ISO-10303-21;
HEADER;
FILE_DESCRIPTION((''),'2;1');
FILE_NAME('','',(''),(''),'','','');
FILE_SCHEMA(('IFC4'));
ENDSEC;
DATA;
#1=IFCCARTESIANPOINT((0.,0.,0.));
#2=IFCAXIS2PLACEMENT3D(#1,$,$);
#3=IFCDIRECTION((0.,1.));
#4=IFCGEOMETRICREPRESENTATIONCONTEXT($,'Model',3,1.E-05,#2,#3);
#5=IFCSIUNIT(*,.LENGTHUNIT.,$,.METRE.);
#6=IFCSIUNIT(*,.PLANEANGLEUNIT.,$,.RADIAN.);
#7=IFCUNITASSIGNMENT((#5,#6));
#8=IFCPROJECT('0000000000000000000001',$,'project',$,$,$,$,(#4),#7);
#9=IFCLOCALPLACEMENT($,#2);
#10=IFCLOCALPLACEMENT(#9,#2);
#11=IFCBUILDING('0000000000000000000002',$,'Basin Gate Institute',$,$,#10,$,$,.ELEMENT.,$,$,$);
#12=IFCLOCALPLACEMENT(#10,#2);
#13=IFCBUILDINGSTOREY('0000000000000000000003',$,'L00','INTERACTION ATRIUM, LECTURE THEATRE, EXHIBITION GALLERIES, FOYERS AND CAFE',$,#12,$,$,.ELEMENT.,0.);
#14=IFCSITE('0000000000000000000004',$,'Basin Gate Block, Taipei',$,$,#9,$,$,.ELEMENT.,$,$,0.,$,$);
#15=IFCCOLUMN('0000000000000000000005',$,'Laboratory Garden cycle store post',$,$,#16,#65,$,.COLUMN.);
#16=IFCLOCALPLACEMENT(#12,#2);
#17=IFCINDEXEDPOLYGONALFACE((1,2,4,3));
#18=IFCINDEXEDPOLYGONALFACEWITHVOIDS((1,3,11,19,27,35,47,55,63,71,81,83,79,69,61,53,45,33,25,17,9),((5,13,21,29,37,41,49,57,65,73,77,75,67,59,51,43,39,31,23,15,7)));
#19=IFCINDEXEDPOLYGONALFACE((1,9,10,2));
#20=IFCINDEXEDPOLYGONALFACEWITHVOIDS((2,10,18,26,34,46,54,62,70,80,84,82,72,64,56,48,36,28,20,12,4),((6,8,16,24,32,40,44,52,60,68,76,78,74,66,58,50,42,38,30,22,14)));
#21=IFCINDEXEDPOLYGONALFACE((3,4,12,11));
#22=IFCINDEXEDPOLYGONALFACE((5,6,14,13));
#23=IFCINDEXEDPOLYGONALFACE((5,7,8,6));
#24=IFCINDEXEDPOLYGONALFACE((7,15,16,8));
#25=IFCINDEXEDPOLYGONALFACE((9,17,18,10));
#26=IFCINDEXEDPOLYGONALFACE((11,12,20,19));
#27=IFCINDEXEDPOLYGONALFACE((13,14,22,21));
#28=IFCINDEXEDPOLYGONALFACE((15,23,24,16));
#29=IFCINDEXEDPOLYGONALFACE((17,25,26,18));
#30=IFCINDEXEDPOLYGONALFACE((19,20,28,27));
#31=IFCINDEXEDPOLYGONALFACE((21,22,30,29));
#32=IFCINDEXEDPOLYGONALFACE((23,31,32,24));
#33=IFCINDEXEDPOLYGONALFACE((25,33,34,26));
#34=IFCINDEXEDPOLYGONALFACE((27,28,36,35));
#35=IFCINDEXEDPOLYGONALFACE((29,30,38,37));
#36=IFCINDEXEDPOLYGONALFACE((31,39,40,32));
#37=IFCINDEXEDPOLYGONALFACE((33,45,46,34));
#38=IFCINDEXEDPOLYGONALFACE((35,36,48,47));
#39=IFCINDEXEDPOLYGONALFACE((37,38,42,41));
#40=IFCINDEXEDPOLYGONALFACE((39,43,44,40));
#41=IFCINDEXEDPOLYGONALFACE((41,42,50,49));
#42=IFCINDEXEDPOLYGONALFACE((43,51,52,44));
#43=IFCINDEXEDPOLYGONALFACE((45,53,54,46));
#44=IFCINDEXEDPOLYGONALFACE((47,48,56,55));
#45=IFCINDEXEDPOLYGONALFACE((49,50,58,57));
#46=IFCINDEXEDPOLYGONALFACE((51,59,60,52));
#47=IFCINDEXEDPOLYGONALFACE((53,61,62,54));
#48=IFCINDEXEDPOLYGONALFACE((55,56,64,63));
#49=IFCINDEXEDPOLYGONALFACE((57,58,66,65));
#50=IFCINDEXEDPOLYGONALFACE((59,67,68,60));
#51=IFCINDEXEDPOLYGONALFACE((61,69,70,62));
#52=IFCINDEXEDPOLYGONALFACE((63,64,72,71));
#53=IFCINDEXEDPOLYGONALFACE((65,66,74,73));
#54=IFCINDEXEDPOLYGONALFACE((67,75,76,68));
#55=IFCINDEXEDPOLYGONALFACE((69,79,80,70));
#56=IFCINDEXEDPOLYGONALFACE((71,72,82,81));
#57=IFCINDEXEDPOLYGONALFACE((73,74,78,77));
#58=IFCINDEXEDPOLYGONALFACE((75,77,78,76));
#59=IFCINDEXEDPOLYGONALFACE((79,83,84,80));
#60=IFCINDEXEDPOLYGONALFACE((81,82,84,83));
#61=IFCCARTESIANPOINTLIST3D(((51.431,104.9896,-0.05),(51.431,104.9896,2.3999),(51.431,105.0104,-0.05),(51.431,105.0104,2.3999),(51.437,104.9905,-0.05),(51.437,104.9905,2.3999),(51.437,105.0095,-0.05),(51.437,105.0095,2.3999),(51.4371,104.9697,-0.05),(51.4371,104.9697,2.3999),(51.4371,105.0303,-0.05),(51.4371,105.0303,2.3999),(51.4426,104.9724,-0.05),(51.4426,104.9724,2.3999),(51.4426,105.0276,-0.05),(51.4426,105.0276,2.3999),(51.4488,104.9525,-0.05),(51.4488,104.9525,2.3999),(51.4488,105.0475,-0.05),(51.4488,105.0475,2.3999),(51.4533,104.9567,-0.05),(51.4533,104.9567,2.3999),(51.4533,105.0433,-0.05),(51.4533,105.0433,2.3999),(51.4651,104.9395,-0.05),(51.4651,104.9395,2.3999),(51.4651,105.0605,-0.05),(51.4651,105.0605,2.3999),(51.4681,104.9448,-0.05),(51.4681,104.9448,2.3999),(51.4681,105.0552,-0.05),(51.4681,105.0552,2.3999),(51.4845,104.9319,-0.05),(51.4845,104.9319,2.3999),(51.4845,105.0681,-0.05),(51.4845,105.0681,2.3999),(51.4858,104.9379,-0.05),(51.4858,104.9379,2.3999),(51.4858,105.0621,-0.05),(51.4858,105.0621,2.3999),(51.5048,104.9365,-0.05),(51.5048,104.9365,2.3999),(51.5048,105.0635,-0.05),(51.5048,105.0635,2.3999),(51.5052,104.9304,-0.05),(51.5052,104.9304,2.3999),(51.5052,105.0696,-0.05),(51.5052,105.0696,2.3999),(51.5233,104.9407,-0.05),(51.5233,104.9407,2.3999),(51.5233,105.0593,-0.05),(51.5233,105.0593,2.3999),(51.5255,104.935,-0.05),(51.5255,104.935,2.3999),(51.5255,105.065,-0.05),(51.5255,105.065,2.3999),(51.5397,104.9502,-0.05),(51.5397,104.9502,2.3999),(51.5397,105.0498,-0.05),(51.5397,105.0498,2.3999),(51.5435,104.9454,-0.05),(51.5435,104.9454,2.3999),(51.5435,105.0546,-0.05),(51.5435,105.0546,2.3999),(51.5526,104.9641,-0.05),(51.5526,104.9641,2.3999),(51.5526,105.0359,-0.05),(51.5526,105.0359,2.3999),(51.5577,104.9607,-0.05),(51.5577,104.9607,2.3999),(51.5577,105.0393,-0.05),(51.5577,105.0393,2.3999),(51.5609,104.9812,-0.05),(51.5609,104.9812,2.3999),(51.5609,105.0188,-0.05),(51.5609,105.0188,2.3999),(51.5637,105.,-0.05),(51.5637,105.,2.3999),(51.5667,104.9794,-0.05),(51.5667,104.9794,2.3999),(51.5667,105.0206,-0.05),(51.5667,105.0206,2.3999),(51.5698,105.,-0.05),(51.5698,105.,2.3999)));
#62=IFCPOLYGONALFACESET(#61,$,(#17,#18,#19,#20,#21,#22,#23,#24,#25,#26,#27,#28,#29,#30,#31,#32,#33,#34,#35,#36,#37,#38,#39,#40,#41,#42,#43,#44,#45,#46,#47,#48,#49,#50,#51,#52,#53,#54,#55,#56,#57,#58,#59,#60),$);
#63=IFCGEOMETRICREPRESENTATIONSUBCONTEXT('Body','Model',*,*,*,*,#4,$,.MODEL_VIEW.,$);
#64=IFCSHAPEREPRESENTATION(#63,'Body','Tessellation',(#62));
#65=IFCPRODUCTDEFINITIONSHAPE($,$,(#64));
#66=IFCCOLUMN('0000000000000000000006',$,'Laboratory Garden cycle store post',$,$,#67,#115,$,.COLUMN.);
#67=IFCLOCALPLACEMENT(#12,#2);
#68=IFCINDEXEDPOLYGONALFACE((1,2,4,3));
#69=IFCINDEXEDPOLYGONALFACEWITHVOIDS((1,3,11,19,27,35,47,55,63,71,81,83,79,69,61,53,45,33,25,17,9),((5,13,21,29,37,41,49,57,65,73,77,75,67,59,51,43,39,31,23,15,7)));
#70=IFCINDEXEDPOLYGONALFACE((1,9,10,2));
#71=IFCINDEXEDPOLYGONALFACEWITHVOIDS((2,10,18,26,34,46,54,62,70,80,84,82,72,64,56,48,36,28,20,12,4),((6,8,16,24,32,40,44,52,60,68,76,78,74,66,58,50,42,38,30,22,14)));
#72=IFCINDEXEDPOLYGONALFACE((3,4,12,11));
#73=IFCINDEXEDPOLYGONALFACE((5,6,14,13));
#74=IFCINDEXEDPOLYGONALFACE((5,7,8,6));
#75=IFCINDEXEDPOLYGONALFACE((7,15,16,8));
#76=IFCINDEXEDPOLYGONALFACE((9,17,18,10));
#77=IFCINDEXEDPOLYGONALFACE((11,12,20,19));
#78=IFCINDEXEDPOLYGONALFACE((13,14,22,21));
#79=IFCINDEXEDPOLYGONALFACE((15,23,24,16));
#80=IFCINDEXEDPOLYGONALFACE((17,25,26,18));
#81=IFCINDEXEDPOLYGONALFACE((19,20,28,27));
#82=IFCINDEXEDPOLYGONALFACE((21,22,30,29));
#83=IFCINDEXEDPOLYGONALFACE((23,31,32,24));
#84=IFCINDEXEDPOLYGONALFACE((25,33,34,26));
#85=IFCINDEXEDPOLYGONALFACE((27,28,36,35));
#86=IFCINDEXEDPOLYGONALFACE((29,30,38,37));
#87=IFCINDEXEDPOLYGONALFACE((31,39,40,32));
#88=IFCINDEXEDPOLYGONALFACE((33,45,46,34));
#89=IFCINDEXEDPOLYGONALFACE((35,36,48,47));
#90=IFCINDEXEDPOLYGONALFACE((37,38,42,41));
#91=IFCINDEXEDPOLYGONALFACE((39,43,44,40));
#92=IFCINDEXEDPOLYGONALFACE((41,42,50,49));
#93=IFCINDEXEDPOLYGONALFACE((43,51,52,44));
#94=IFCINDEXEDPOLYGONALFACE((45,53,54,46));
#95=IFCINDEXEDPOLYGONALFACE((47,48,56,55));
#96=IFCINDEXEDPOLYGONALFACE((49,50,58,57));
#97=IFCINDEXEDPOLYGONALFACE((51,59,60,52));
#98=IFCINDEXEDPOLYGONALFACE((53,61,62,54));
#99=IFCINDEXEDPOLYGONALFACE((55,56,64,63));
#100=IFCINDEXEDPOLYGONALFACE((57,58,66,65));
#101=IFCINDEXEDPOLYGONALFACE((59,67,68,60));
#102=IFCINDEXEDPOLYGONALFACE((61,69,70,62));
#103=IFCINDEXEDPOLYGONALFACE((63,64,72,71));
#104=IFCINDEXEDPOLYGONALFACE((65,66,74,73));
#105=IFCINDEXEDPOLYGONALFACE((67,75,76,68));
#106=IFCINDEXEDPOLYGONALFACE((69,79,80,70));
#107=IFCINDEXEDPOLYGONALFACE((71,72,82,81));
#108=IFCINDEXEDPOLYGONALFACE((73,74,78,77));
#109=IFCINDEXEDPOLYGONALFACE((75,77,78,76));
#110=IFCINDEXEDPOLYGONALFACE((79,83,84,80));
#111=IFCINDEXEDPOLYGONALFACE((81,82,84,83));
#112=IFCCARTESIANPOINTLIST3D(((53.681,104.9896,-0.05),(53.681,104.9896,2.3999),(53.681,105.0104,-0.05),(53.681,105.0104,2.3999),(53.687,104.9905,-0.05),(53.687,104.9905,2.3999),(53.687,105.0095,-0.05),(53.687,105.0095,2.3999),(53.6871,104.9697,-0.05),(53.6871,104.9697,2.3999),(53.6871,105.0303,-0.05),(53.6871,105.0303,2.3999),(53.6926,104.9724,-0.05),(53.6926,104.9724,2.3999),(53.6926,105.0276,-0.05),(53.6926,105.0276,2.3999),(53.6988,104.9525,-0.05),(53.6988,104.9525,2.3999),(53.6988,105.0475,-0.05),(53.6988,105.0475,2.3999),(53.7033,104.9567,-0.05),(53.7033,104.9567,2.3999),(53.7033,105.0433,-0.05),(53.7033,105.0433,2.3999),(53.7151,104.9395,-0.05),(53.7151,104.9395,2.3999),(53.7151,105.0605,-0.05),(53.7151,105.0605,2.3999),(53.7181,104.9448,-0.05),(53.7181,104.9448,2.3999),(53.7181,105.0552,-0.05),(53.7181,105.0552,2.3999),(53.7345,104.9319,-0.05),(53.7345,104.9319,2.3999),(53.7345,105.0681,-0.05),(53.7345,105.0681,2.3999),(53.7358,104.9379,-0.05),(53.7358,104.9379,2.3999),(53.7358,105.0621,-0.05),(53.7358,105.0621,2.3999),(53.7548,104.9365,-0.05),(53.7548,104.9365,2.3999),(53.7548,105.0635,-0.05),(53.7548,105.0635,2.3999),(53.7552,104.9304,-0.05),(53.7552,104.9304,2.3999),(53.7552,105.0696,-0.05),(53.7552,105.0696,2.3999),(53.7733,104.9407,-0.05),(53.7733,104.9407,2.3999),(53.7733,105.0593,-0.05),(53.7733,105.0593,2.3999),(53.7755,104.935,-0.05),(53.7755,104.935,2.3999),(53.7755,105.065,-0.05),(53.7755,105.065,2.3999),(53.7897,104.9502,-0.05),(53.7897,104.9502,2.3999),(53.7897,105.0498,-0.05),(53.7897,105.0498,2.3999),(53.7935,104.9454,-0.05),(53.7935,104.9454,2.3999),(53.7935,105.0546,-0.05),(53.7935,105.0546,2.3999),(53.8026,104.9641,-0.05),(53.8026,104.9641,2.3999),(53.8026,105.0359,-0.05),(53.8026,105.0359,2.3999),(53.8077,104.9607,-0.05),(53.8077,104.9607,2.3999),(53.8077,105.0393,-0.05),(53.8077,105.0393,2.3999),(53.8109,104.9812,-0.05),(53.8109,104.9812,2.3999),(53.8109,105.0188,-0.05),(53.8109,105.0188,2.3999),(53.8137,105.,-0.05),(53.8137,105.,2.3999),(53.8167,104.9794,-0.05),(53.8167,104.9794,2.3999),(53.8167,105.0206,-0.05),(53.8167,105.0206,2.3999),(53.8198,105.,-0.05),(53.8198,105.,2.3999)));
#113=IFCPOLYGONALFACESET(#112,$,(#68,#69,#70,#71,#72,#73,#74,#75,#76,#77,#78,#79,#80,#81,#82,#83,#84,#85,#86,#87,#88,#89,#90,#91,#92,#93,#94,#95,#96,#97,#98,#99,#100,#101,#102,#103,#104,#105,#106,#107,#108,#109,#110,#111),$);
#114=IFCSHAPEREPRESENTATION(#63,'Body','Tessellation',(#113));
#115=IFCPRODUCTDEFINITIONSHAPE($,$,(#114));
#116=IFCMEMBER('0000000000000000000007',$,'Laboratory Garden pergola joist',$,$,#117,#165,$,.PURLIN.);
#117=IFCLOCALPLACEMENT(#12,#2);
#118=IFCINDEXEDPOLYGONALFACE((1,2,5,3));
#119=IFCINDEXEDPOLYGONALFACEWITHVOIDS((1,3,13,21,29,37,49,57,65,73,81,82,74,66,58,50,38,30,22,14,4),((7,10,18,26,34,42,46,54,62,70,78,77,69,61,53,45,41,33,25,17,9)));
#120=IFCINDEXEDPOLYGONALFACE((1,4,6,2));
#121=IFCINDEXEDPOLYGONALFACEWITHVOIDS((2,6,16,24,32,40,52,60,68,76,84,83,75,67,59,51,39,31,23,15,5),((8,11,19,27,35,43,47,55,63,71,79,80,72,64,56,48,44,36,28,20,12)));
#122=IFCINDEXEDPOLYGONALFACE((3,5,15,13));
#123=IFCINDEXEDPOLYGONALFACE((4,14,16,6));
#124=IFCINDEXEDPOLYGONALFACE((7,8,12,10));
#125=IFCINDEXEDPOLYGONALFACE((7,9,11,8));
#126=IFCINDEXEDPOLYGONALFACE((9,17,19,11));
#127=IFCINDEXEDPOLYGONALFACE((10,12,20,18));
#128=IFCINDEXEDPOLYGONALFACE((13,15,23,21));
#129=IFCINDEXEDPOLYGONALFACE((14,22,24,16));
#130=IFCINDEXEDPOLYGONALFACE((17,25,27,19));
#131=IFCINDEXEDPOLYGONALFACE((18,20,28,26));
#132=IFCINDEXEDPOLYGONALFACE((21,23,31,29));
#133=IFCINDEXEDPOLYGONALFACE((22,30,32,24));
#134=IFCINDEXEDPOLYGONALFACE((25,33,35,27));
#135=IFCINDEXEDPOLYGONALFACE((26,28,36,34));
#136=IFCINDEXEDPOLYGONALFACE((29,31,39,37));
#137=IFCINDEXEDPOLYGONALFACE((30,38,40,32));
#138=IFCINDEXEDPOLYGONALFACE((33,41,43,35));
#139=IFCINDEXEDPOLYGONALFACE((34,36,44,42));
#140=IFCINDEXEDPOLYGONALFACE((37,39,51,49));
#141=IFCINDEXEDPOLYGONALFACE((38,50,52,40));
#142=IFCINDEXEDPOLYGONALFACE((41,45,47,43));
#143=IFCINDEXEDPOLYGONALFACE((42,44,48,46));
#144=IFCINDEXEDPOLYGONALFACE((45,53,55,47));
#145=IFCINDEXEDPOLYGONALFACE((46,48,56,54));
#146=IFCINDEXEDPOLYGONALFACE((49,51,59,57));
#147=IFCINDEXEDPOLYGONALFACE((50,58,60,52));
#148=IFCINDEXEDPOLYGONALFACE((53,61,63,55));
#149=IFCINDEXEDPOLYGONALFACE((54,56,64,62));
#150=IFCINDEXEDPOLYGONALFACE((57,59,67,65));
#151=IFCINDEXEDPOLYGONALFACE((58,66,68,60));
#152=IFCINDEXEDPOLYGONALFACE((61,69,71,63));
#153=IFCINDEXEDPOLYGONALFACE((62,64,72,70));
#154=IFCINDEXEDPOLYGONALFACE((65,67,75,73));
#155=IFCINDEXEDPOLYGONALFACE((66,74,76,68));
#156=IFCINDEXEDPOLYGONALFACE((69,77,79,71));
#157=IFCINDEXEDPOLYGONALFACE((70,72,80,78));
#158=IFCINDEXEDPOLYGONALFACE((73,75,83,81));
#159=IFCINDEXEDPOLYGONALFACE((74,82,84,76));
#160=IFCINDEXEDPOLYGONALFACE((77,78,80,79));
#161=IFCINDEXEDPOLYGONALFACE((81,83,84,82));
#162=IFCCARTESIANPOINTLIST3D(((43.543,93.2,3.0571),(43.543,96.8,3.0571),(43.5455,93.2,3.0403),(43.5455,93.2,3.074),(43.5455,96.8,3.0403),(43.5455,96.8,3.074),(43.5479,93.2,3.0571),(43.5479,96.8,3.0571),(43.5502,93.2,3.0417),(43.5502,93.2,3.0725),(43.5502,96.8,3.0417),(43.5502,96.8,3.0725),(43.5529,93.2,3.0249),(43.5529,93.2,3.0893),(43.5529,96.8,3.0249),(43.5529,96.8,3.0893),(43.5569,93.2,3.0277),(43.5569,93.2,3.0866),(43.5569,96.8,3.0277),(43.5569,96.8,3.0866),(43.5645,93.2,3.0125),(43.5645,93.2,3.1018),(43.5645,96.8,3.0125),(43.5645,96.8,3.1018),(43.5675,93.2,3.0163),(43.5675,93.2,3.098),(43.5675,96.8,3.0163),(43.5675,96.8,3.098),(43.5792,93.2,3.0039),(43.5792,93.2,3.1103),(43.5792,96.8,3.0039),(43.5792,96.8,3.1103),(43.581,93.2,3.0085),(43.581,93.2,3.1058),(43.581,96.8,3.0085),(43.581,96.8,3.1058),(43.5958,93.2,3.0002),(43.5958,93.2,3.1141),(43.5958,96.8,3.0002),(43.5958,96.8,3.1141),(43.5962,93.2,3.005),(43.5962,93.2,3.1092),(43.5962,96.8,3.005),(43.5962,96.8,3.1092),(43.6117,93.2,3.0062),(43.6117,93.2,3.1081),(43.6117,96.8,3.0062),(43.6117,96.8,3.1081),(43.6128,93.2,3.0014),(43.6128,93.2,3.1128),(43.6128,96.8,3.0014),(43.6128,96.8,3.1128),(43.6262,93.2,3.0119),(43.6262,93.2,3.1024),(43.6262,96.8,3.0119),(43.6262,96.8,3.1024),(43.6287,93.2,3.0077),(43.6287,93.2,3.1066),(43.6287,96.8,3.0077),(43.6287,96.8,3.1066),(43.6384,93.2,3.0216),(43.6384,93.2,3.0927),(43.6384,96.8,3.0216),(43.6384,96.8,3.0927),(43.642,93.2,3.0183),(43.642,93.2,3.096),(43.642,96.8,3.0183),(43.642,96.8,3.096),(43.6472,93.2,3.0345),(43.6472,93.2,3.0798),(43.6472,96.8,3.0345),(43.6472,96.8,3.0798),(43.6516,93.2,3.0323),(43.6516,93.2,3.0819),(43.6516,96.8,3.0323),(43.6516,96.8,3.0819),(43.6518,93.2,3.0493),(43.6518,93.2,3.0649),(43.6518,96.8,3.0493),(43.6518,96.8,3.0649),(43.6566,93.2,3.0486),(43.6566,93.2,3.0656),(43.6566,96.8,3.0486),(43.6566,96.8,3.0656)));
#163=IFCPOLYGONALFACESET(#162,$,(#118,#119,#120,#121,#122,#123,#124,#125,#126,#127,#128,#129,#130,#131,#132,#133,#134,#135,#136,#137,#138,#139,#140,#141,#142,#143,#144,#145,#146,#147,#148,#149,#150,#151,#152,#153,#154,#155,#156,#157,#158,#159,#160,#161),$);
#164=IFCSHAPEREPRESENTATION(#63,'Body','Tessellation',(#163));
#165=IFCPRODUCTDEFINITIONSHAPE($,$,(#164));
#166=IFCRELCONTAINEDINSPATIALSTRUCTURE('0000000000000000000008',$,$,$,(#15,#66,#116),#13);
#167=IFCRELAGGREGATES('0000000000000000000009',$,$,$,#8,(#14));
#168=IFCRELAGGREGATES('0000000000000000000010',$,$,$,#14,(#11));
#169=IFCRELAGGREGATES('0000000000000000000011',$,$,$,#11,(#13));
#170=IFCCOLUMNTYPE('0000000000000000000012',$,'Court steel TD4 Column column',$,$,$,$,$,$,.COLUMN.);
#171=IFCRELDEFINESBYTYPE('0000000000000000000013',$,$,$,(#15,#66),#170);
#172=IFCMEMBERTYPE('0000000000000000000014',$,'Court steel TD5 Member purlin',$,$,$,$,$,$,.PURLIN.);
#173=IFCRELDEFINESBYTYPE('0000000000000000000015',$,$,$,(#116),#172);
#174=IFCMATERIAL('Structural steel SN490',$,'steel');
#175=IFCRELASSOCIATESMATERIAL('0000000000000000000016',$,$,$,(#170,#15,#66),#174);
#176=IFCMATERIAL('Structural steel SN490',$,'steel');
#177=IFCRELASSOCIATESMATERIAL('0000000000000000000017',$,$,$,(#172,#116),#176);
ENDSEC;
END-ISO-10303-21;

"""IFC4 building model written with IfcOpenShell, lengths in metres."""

from ifc_helpers import new_model, si_unit, direction, frame, origin, origin_2d, place, context, subcontext, project, spatial, hollow_circle, extrude, material, material_profile, profile_set, type_object, element, save


model = new_model("IFC4")

# Units and contexts
model_context = context("Model", 3, precision=1e-05, world=origin(), true_north=direction((0.0, 1.0)))
body_context = subcontext(model_context, "Body", "Model", "MODEL_VIEW")
ifc_project = project(units=[si_unit("LENGTHUNIT", "METRE"), si_unit("PLANEANGLEUNIT", "RADIAN")], contexts=[model_context])

# Site, building, storey
site_placement = place(None, origin())
site = spatial("IfcSite", under=ifc_project, at=site_placement, Name="Basin Gate Block, Taipei", CompositionType="ELEMENT", RefElevation=0.0)
building_placement = place(site_placement, origin())
building = spatial("IfcBuilding", under=site, at=building_placement, Name="Basin Gate Institute", CompositionType="ELEMENT")
storey_placement = place(building_placement, origin())
storey = spatial("IfcBuildingStorey", under=building, at=storey_placement, Name="L00", Description="INTERACTION ATRIUM, LECTURE THEATRE, EXHIBITION GALLERIES, FOYERS AND CAFE", CompositionType="ELEMENT", Elevation=0.0)

# Columns
ifc_material_1 = material(Name="Structural steel SN490", Category="steel")
ifc_material_profile_1 = material_profile(ifc_material_1, hollow_circle(Radius=0.0698, WallThickness=0.0061, at=origin_2d()), Name="CHS139x6")
ifc_profile_set_1 = profile_set([ifc_material_profile_1], Name="Structural steel SN490")
column_type = type_object("IfcColumnType", Name="Court steel TD4 Column column", PredefinedType="COLUMN", material=ifc_profile_set_1)
for number, where, z_axis, x_axis, name in (
    (1, (51.5, 105.0, -0.05), (0.0, 0.0, 1.0), (1.0, 0.0, 0.0), "Laboratory Garden cycle store post"),
    (2, (53.75, 105.0, -0.05), (0.0, 0.0, 1.0), (1.0, 0.0, 0.0), "Laboratory Garden cycle store post"),
):
    element("IfcColumn", number, at=place(storey_placement, frame(where, z_axis=z_axis, x_axis=x_axis)), inside=storey, type_object=column_type, material=ifc_profile_set_1, Name=name, PredefinedType="COLUMN", context=body_context, shape_type="SweptSolid", body=[
        extrude(hollow_circle(Radius=0.0698, WallThickness=0.0061, at=origin_2d()), origin(), (0.0, 0.0, 1.0), 2.45),
    ])

# Member
ifc_material_2 = material(Name="Structural steel SN490", Category="steel")
ifc_material_profile_2 = material_profile(ifc_material_2, hollow_circle(Radius=0.0571, WallThickness=0.0049, at=origin_2d()), Name="CHS114x5")
ifc_profile_set_2 = profile_set([ifc_material_profile_2], Name="Structural steel SN490")
member_type = type_object("IfcMemberType", Name="Court steel TD5 Member purlin", PredefinedType="PURLIN", material=ifc_profile_set_2)
for number, where, z_axis, x_axis, name in (
    (3, (43.6001, 93.2, 3.0571), (0.0, 1.0, 0.0), (-1.0, 0.0, 0.0), "Laboratory Garden pergola joist"),
):
    element("IfcMember", number, at=place(storey_placement, frame(where, z_axis=z_axis, x_axis=x_axis)), inside=storey, type_object=member_type, material=ifc_profile_set_2, Name=name, PredefinedType="PURLIN", context=body_context, shape_type="SweptSolid", body=[
        extrude(hollow_circle(Radius=0.0571, WallThickness=0.0049, at=origin_2d()), origin(), (0.0, 0.0, 1.0), 3.6001),
    ])

save(model, "model.ifc")
